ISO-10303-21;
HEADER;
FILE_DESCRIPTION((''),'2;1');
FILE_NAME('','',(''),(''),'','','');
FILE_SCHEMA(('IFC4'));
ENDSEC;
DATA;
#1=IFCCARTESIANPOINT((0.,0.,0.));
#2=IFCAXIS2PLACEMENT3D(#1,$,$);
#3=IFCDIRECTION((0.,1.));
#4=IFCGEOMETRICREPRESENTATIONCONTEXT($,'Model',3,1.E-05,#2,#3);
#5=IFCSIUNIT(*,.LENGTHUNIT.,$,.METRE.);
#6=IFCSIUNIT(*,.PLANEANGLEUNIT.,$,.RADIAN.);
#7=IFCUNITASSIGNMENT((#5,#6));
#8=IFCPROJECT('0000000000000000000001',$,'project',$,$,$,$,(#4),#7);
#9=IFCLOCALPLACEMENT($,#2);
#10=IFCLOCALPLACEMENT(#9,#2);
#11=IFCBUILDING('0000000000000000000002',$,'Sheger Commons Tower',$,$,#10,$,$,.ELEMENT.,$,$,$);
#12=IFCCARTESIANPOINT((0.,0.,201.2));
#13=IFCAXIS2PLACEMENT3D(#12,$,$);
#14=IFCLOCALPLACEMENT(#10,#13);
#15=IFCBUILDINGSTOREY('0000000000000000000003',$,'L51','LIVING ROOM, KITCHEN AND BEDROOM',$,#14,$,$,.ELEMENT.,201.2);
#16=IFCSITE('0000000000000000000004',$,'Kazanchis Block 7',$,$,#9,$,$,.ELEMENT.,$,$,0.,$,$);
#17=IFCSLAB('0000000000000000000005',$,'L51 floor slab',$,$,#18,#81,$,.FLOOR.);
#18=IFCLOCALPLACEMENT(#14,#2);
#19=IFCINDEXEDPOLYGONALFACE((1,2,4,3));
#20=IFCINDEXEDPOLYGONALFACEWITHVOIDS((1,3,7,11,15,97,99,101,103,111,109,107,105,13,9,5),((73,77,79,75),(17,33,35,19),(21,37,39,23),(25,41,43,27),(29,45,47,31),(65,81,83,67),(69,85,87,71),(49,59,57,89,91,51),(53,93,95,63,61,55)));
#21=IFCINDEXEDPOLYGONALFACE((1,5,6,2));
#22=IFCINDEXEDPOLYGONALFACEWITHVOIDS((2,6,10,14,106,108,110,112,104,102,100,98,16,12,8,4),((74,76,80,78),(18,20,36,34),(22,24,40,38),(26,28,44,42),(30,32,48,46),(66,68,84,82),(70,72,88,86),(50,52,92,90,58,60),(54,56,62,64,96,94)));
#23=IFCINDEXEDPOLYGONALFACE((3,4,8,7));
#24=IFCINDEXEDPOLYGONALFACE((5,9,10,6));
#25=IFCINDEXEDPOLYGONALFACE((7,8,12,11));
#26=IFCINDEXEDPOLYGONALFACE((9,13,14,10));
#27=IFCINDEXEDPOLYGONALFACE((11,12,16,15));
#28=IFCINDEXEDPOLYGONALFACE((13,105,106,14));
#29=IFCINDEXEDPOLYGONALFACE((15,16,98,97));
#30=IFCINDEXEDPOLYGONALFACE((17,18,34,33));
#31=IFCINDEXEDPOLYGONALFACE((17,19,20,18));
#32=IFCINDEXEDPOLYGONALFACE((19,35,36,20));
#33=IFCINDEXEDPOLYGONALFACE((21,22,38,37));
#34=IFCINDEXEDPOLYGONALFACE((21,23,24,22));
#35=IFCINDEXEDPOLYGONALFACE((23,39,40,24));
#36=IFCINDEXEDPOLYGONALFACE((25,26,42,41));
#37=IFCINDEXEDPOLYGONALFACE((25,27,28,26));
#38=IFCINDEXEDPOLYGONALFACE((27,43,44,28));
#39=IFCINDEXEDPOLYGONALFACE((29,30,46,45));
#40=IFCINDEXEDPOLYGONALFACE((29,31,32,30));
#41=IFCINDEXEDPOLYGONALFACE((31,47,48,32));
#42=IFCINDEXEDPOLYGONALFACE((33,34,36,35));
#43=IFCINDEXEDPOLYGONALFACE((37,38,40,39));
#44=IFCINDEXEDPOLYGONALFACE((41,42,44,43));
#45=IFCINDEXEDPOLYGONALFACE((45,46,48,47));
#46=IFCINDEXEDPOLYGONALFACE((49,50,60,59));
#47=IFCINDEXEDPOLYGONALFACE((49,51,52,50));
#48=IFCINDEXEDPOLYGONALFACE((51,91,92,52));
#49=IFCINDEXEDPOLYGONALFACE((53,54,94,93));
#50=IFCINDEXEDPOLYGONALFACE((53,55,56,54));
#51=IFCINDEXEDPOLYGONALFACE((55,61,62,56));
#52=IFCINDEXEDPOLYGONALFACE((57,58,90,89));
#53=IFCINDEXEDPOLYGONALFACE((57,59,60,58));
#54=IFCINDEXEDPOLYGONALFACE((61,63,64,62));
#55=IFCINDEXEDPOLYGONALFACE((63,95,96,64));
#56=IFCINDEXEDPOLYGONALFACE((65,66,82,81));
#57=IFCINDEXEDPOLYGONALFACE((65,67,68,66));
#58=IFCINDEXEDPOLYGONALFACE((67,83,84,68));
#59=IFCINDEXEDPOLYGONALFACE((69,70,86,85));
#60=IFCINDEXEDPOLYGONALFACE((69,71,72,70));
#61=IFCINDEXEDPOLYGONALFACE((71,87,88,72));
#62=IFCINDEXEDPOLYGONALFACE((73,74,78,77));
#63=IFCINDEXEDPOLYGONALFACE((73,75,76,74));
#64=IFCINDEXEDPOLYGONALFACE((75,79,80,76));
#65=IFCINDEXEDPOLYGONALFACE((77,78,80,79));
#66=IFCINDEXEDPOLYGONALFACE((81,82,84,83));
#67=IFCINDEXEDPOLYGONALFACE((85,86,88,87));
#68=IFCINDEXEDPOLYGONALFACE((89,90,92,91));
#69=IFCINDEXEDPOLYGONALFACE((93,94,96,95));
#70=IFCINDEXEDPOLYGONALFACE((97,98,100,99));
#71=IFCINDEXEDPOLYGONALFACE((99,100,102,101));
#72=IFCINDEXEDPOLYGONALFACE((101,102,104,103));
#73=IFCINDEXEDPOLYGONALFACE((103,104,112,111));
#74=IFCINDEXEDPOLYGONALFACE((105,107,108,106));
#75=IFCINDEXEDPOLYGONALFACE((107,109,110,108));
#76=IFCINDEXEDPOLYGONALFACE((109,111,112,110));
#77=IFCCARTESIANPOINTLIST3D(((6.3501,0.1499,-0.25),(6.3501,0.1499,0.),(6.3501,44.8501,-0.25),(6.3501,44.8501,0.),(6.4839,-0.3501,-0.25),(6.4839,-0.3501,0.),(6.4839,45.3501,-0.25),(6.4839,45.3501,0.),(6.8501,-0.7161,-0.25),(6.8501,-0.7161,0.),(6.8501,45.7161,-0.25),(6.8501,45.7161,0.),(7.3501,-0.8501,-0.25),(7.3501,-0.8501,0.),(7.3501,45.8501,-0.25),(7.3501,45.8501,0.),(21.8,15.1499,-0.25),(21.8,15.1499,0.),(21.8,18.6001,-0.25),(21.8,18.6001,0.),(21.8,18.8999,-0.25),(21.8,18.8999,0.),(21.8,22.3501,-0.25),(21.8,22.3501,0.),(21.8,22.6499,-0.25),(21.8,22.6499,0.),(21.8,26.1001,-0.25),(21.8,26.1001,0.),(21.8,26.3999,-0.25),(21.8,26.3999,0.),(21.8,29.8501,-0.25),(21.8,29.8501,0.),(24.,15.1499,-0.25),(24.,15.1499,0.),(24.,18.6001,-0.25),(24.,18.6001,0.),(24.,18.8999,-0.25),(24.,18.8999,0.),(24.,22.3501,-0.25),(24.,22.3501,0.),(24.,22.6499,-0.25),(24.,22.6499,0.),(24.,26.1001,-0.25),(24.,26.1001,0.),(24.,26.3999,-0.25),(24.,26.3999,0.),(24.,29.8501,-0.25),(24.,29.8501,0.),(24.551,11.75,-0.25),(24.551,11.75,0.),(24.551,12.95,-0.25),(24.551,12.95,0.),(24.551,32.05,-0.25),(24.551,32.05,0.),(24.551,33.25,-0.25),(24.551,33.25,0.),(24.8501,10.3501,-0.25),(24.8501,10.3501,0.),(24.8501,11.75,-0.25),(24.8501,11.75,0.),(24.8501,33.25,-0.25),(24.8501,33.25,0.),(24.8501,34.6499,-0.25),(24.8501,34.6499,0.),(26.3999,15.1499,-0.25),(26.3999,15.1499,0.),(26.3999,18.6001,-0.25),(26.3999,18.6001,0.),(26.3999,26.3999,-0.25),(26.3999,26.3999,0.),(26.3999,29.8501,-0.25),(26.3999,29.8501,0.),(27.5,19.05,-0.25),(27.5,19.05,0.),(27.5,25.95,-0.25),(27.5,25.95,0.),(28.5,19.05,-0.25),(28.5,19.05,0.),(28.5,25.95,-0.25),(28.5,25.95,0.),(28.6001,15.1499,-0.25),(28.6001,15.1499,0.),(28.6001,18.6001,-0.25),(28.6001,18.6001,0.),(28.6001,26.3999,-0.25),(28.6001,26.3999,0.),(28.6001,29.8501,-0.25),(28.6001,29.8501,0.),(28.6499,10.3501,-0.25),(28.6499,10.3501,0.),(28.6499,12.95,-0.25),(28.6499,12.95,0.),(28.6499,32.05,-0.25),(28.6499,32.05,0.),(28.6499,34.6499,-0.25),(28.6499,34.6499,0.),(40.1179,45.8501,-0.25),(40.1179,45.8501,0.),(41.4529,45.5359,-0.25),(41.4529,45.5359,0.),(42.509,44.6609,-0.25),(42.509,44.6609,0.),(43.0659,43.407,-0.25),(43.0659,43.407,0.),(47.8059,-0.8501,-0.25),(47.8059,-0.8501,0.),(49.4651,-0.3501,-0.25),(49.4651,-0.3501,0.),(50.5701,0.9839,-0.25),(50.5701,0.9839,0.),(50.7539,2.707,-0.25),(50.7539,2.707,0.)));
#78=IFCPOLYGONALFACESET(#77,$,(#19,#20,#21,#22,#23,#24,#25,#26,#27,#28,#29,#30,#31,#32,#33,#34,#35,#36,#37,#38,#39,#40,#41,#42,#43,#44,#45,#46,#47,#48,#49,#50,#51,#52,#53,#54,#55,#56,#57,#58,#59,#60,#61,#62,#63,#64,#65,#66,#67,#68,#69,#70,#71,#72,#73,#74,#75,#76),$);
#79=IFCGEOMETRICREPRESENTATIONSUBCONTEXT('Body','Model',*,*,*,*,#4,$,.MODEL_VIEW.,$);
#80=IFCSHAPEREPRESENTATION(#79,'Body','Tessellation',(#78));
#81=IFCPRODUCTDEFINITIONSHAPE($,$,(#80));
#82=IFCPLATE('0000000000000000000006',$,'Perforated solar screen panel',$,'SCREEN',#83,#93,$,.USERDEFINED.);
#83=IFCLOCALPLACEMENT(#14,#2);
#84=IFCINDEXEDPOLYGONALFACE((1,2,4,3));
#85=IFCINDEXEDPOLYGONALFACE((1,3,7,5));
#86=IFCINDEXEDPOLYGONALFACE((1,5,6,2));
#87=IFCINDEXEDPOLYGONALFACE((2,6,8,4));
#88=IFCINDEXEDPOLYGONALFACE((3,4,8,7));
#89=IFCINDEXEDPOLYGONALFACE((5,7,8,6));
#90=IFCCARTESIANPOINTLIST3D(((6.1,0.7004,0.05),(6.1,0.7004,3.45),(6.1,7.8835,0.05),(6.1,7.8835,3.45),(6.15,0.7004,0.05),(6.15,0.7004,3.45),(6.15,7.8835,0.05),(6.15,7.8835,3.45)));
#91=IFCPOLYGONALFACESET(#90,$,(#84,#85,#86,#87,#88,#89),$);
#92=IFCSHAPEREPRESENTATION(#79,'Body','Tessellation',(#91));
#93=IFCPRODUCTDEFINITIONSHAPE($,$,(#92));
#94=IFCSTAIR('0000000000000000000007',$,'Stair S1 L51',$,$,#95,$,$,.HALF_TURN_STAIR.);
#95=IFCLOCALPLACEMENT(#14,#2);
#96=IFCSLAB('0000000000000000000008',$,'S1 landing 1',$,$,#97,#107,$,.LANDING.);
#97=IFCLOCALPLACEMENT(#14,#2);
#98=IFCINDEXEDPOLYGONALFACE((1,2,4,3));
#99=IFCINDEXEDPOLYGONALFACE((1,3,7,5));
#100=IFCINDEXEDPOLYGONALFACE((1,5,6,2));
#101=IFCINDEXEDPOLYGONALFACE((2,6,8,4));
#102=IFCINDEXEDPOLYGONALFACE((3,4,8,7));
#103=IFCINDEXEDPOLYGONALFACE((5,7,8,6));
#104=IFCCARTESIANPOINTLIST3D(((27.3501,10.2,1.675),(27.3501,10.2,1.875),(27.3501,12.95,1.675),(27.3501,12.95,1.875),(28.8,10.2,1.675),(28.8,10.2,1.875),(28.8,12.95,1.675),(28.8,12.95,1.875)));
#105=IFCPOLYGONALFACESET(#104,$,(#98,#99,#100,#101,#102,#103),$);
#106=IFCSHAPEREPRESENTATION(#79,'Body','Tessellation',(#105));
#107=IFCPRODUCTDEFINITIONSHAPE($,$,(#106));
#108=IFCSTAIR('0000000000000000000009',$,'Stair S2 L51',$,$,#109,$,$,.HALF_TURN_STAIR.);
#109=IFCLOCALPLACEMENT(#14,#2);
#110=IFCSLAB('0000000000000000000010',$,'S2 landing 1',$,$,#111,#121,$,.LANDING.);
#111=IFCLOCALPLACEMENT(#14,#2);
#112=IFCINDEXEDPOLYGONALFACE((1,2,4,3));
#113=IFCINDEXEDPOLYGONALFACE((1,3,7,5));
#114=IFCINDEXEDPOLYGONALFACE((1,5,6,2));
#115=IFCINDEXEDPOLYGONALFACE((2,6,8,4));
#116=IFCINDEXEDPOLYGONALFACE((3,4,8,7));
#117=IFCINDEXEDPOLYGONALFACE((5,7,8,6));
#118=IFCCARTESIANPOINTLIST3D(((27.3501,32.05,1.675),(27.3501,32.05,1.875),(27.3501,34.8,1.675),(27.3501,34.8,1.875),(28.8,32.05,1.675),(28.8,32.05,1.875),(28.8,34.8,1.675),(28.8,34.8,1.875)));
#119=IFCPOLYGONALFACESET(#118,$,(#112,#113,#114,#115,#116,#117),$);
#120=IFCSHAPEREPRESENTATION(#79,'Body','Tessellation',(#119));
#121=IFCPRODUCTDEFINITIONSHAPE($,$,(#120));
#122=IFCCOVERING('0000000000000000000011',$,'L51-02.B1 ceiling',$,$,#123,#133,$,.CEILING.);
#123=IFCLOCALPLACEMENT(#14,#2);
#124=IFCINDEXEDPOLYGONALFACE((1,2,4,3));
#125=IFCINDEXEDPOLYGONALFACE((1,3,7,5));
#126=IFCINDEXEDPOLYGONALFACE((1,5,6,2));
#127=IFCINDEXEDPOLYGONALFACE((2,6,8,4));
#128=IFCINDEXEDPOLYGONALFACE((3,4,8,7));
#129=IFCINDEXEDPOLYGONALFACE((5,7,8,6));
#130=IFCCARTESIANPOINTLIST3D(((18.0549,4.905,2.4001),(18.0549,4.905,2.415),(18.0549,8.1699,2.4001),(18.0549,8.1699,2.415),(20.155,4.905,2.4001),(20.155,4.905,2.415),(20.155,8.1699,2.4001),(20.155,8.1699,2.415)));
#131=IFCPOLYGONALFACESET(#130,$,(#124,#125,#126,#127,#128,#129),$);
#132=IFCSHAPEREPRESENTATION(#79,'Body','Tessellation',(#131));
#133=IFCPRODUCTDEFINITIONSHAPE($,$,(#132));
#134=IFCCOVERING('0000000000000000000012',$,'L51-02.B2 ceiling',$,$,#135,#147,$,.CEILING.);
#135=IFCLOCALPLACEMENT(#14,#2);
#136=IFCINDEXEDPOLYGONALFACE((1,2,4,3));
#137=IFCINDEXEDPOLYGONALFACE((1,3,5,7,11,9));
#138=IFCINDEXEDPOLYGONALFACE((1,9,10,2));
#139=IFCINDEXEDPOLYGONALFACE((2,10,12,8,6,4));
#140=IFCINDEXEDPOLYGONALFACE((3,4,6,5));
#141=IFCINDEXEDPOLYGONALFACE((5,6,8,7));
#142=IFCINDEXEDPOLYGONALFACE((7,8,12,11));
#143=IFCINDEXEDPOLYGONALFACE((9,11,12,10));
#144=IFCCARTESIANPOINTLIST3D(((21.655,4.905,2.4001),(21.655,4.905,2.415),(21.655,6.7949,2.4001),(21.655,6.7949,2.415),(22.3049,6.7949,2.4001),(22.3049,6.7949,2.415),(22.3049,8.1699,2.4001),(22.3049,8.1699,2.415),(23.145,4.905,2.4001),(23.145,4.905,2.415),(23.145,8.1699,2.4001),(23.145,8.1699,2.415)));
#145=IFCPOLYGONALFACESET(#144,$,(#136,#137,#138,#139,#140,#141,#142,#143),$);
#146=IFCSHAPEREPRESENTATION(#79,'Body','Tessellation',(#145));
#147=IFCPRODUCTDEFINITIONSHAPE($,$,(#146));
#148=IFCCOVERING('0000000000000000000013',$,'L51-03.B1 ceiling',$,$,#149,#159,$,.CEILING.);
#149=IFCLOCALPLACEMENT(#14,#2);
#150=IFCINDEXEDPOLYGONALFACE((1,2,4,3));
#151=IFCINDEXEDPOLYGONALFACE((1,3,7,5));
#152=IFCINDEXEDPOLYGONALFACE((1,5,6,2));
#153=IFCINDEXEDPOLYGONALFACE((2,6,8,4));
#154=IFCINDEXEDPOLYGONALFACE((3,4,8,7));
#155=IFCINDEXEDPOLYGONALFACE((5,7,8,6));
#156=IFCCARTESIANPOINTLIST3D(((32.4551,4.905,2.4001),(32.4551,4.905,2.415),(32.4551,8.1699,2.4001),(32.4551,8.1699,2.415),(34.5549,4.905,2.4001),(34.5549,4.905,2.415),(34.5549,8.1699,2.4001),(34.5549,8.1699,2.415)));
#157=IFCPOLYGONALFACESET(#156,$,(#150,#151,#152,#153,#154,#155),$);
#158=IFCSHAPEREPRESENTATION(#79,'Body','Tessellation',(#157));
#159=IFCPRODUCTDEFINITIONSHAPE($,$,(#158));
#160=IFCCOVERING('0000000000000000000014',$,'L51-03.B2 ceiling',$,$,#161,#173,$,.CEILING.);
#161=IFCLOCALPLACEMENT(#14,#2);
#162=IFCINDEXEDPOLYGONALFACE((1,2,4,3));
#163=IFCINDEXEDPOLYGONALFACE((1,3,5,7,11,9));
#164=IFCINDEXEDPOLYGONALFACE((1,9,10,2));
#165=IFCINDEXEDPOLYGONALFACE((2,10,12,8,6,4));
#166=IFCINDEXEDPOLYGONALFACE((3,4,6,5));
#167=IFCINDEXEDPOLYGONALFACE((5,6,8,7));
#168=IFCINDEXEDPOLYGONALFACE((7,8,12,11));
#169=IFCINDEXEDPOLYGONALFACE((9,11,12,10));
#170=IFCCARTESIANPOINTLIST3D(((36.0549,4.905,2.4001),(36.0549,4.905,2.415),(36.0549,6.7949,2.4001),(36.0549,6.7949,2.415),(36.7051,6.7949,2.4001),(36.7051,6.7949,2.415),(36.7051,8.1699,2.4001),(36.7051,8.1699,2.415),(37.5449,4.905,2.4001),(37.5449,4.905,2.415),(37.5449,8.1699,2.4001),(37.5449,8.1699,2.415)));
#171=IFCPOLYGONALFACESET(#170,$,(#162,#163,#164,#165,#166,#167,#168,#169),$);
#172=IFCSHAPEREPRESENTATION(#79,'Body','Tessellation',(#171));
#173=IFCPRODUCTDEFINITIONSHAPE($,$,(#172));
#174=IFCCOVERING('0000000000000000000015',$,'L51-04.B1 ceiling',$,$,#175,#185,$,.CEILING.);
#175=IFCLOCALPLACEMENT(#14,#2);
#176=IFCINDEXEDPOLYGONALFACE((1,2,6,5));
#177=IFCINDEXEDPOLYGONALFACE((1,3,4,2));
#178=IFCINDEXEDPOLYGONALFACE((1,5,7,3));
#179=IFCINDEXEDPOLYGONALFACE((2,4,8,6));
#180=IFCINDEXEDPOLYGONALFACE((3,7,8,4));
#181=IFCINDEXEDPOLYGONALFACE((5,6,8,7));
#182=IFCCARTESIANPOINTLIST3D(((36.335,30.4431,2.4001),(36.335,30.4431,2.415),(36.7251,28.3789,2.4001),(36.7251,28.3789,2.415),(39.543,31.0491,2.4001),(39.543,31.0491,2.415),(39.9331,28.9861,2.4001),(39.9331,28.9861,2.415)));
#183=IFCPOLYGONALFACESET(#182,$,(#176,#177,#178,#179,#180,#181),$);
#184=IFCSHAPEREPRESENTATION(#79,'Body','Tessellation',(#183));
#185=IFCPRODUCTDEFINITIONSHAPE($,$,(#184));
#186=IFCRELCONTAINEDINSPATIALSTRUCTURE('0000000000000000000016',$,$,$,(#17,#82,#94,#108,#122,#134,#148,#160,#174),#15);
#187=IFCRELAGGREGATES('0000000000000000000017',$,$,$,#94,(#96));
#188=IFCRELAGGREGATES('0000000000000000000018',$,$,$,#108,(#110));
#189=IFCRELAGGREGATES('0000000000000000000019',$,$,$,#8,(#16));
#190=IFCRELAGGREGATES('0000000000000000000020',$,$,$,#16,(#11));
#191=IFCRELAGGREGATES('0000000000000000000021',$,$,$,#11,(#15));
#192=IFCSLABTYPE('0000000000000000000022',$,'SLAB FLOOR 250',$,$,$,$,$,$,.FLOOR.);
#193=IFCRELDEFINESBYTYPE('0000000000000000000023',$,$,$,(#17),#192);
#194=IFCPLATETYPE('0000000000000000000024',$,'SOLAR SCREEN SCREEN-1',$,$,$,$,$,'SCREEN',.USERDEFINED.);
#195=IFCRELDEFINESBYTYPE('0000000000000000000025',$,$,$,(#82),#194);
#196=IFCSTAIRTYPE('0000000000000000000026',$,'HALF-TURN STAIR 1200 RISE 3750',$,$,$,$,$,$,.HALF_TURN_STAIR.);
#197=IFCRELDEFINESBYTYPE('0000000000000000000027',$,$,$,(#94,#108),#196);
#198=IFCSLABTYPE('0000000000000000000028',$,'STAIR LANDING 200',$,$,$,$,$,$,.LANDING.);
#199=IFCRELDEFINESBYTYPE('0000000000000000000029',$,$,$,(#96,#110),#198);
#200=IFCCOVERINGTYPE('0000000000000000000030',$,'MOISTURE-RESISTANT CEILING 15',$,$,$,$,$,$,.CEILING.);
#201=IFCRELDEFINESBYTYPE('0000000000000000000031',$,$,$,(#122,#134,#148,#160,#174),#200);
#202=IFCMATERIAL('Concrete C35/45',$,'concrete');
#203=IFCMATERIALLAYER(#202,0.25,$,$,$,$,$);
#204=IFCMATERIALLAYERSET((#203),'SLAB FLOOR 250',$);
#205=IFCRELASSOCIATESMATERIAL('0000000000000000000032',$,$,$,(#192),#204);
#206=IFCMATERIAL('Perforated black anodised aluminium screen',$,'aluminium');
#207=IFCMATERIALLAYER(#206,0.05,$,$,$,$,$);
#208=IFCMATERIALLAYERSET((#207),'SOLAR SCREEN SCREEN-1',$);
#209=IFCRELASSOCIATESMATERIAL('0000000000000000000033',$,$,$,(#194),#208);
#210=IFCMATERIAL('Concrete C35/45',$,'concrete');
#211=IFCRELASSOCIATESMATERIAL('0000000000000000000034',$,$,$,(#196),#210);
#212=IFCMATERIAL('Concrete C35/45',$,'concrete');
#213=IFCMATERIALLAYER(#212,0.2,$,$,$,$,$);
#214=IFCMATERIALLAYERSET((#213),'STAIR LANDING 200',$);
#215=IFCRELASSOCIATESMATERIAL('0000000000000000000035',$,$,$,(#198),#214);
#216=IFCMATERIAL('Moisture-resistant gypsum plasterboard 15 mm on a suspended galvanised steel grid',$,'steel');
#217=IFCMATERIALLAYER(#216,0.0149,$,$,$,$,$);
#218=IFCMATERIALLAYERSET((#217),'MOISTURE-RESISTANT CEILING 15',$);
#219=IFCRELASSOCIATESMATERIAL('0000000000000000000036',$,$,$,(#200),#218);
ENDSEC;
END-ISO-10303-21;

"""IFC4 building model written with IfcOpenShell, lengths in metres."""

from ifc_helpers import new_model, si_unit, direction, frame, origin, origin_2d, place, context, subcontext, project, spatial, polyline, rectangle, outline, extrude, material, layer, layer_set, type_object, element, aggregate, save


model = new_model("IFC4")

# Units and contexts
model_context = context("Model", 3, precision=1e-05, world=origin(), true_north=direction((0.0, 1.0)))
body_context = subcontext(model_context, "Body", "Model", "MODEL_VIEW")
ifc_project = project(units=[si_unit("LENGTHUNIT", "METRE"), si_unit("PLANEANGLEUNIT", "RADIAN")], contexts=[model_context])

# Site, building, storey
site_placement = place(None, origin())
site = spatial("IfcSite", under=ifc_project, at=site_placement, Name="Kazanchis Block 7", CompositionType="ELEMENT", RefElevation=0.0)
building_placement = place(site_placement, origin())
building = spatial("IfcBuilding", under=site, at=building_placement, Name="Sheger Commons Tower", CompositionType="ELEMENT")
storey_placement = place(building_placement, frame((0.0, 0.0, 201.2)))
storey = spatial("IfcBuildingStorey", under=building, at=storey_placement, Name="L51", Description="LIVING ROOM, KITCHEN AND BEDROOM", CompositionType="ELEMENT", Elevation=201.2)

# Slab
ifc_material_1 = material(Name="Concrete C35/45", Category="concrete")
ifc_layer_1 = layer(ifc_material_1, 0.25)
ifc_layer_set_1 = layer_set([ifc_layer_1], Name="SLAB FLOOR 250")
slab_type_1 = type_object("IfcSlabType", Name="SLAB FLOOR 250", PredefinedType="FLOOR", material=ifc_layer_set_1)
slab_1_placement = place(storey_placement, frame((0.0, 0.0, -0.25)))
element("IfcSlab", 1, at=slab_1_placement, inside=storey, type_object=slab_type_1, Name="L51 floor slab", PredefinedType="FLOOR", context=body_context, shape_type="SweptSolid", body=[
    extrude(outline(polyline([(6.3501, 0.1499), (6.4839, -0.3501), (6.8501, -0.7161), (7.3501, -0.8501), (47.8059, -0.8501), (49.4651, -0.3501), (50.5701, 0.9839), (50.7539, 2.707), (43.0659, 43.407), (42.509, 44.6609), (41.4529, 45.5359), (40.1179, 45.8501), (7.3501, 45.8501), (6.8501, 45.7161), (6.4839, 45.3501), (6.3501, 44.8501), (6.3501, 0.1499)]), holes=[polyline([(24.8501, 10.3501), (28.6499, 10.3501), (28.6499, 12.95), (24.551, 12.95), (24.551, 11.75), (24.8501, 11.75), (24.8501, 10.3501)]), polyline([(24.551, 32.05), (28.6499, 32.05), (28.6499, 34.6499), (24.8501, 34.6499), (24.8501, 33.25), (24.551, 33.25), (24.551, 32.05)]), polyline([(26.3999, 15.1499), (28.6001, 15.1499), (28.6001, 18.6001), (26.3999, 18.6001), (26.3999, 15.1499)]), polyline([(26.3999, 26.3999), (28.6001, 26.3999), (28.6001, 29.8501), (26.3999, 29.8501), (26.3999, 26.3999)]), polyline([(21.8, 15.1499), (24.0, 15.1499), (24.0, 18.6001), (21.8, 18.6001), (21.8, 15.1499)]), polyline([(21.8, 18.8999), (24.0, 18.8999), (24.0, 22.3501), (21.8, 22.3501), (21.8, 18.8999)]), polyline([(21.8, 22.6499), (24.0, 22.6499), (24.0, 26.1001), (21.8, 26.1001), (21.8, 22.6499)]), polyline([(21.8, 26.3999), (24.0, 26.3999), (24.0, 29.8501), (21.8, 29.8501), (21.8, 26.3999)]), polyline([(27.5, 19.05), (28.5, 19.05), (28.5, 25.95), (27.5, 25.95), (27.5, 19.05)])]), origin(), (0.0, 0.0, 1.0), 0.25),
])

# Plate
ifc_material_2 = material(Name="Perforated black anodised aluminium screen", Category="aluminium")
ifc_layer_2 = layer(ifc_material_2, 0.05)
ifc_layer_set_2 = layer_set([ifc_layer_2], Name="SOLAR SCREEN SCREEN-1")
plate_type = type_object("IfcPlateType", Name="SOLAR SCREEN SCREEN-1", ElementType="SCREEN", PredefinedType="USERDEFINED", material=ifc_layer_set_2)
plate_placement = place(storey_placement, frame((6.125, 4.292, 0.05), z_axis=(0.0, 0.0, 1.0), x_axis=(0.0, -1.0, 0.0)))
element("IfcPlate", 2, at=plate_placement, inside=storey, type_object=plate_type, Name="Perforated solar screen panel", ObjectType="SCREEN", PredefinedType="USERDEFINED", context=body_context, shape_type="SweptSolid", body=[
    extrude(rectangle(XDim=7.1831, YDim=0.05, at=origin_2d()), origin(), (0.0, 0.0, 1.0), 3.3999),
])

# Stairs, slabs
ifc_material_3 = material(Name="Concrete C35/45", Category="concrete")
stair_type = type_object("IfcStairType", Name="HALF-TURN STAIR 1200 RISE 3750", PredefinedType="HALF_TURN_STAIR", material=ifc_material_3)
stair_1_placement = place(storey_placement, origin())
stair_1 = element("IfcStair", 3, at=stair_1_placement, inside=storey, type_object=stair_type, Name="Stair S1 L51", PredefinedType="HALF_TURN_STAIR")
ifc_material_4 = material(Name="Concrete C35/45", Category="concrete")
ifc_layer_3 = layer(ifc_material_4, 0.2)
ifc_layer_set_3 = layer_set([ifc_layer_3], Name="STAIR LANDING 200")
slab_type_2 = type_object("IfcSlabType", Name="STAIR LANDING 200", PredefinedType="LANDING", material=ifc_layer_set_3)
slab_2_placement = place(storey_placement, frame((0.0, 0.0, 1.675)))
slab_2 = element("IfcSlab", 4, at=slab_2_placement, type_object=slab_type_2, Name="S1 landing 1", PredefinedType="LANDING", context=body_context, shape_type="SweptSolid", body=[
    extrude(outline(polyline([(27.3501, 10.2), (28.8, 10.2), (28.8, 12.95), (27.3501, 12.95), (27.3501, 10.2)])), origin(), (0.0, 0.0, 1.0), 0.2),
])
aggregate(stair_1, [slab_2])
stair_2_placement = place(storey_placement, origin())
stair_2 = element("IfcStair", 5, at=stair_2_placement, inside=storey, type_object=stair_type, Name="Stair S2 L51", PredefinedType="HALF_TURN_STAIR")
slab_3_placement = place(storey_placement, frame((0.0, 0.0, 1.675)))
slab_3 = element("IfcSlab", 6, at=slab_3_placement, type_object=slab_type_2, Name="S2 landing 1", PredefinedType="LANDING", context=body_context, shape_type="SweptSolid", body=[
    extrude(outline(polyline([(27.3501, 32.05), (28.8, 32.05), (28.8, 34.8), (27.3501, 34.8), (27.3501, 32.05)])), origin(), (0.0, 0.0, 1.0), 0.2),
])
aggregate(stair_2, [slab_3])

# Coverings
ifc_material_5 = material(Name="Moisture-resistant gypsum plasterboard 15 mm on a suspended galvanised steel grid", Category="steel")
ifc_layer_4 = layer(ifc_material_5, 0.0149)
ifc_layer_set_4 = layer_set([ifc_layer_4], Name="MOISTURE-RESISTANT CEILING 15")
covering_type_1 = type_object("IfcCoveringType", Name="MOISTURE-RESISTANT CEILING 15", PredefinedType="CEILING", material=ifc_layer_set_4)
covering_1_placement = place(storey_placement, frame((0.0, 0.0, 2.4001)))
element("IfcCovering", 7, at=covering_1_placement, inside=storey, type_object=covering_type_1, Name="L51-02.B1 ceiling", PredefinedType="CEILING", context=body_context, shape_type="SweptSolid", body=[
    extrude(outline(polyline([(18.0549, 4.905), (20.155, 4.905), (20.155, 8.1699), (18.0549, 8.1699), (18.0549, 4.905)])), origin(), (0.0, 0.0, 1.0), 0.0149),
])
covering_2_placement = place(storey_placement, frame((0.0, 0.0, 2.4001)))
element("IfcCovering", 8, at=covering_2_placement, inside=storey, type_object=covering_type_1, Name="L51-02.B2 ceiling", PredefinedType="CEILING", context=body_context, shape_type="SweptSolid", body=[
    extrude(outline(polyline([(21.655, 4.905), (23.145, 4.905), (23.145, 8.1699), (22.3049, 8.1699), (22.3049, 6.7949), (21.655, 6.7949), (21.655, 4.905)])), origin(), (0.0, 0.0, 1.0), 0.0149),
])
covering_3_placement = place(storey_placement, frame((0.0, 0.0, 2.4001)))
element("IfcCovering", 9, at=covering_3_placement, inside=storey, type_object=covering_type_1, Name="L51-03.B1 ceiling", PredefinedType="CEILING", context=body_context, shape_type="SweptSolid", body=[
    extrude(outline(polyline([(32.4551, 4.905), (34.5549, 4.905), (34.5549, 8.1699), (32.4551, 8.1699), (32.4551, 4.905)])), origin(), (0.0, 0.0, 1.0), 0.0149),
])
covering_4_placement = place(storey_placement, frame((0.0, 0.0, 2.4001)))
element("IfcCovering", 10, at=covering_4_placement, inside=storey, type_object=covering_type_1, Name="L51-03.B2 ceiling", PredefinedType="CEILING", context=body_context, shape_type="SweptSolid", body=[
    extrude(outline(polyline([(36.0549, 4.905), (37.5449, 4.905), (37.5449, 8.1699), (36.7051, 8.1699), (36.7051, 6.7949), (36.0549, 6.7949), (36.0549, 4.905)])), origin(), (0.0, 0.0, 1.0), 0.0149),
])
covering_5_placement = place(storey_placement, frame((0.0, 0.0, 2.4001)))
element("IfcCovering", 11, at=covering_5_placement, inside=storey, type_object=covering_type_1, Name="L51-04.B1 ceiling", PredefinedType="CEILING", context=body_context, shape_type="SweptSolid", body=[
    extrude(outline(polyline([(36.7251, 28.3789), (39.9331, 28.9861), (39.543, 31.0491), (36.335, 30.4431), (36.7251, 28.3789)])), origin(), (0.0, 0.0, 1.0), 0.0149),
])

save(model, "model.ifc")
